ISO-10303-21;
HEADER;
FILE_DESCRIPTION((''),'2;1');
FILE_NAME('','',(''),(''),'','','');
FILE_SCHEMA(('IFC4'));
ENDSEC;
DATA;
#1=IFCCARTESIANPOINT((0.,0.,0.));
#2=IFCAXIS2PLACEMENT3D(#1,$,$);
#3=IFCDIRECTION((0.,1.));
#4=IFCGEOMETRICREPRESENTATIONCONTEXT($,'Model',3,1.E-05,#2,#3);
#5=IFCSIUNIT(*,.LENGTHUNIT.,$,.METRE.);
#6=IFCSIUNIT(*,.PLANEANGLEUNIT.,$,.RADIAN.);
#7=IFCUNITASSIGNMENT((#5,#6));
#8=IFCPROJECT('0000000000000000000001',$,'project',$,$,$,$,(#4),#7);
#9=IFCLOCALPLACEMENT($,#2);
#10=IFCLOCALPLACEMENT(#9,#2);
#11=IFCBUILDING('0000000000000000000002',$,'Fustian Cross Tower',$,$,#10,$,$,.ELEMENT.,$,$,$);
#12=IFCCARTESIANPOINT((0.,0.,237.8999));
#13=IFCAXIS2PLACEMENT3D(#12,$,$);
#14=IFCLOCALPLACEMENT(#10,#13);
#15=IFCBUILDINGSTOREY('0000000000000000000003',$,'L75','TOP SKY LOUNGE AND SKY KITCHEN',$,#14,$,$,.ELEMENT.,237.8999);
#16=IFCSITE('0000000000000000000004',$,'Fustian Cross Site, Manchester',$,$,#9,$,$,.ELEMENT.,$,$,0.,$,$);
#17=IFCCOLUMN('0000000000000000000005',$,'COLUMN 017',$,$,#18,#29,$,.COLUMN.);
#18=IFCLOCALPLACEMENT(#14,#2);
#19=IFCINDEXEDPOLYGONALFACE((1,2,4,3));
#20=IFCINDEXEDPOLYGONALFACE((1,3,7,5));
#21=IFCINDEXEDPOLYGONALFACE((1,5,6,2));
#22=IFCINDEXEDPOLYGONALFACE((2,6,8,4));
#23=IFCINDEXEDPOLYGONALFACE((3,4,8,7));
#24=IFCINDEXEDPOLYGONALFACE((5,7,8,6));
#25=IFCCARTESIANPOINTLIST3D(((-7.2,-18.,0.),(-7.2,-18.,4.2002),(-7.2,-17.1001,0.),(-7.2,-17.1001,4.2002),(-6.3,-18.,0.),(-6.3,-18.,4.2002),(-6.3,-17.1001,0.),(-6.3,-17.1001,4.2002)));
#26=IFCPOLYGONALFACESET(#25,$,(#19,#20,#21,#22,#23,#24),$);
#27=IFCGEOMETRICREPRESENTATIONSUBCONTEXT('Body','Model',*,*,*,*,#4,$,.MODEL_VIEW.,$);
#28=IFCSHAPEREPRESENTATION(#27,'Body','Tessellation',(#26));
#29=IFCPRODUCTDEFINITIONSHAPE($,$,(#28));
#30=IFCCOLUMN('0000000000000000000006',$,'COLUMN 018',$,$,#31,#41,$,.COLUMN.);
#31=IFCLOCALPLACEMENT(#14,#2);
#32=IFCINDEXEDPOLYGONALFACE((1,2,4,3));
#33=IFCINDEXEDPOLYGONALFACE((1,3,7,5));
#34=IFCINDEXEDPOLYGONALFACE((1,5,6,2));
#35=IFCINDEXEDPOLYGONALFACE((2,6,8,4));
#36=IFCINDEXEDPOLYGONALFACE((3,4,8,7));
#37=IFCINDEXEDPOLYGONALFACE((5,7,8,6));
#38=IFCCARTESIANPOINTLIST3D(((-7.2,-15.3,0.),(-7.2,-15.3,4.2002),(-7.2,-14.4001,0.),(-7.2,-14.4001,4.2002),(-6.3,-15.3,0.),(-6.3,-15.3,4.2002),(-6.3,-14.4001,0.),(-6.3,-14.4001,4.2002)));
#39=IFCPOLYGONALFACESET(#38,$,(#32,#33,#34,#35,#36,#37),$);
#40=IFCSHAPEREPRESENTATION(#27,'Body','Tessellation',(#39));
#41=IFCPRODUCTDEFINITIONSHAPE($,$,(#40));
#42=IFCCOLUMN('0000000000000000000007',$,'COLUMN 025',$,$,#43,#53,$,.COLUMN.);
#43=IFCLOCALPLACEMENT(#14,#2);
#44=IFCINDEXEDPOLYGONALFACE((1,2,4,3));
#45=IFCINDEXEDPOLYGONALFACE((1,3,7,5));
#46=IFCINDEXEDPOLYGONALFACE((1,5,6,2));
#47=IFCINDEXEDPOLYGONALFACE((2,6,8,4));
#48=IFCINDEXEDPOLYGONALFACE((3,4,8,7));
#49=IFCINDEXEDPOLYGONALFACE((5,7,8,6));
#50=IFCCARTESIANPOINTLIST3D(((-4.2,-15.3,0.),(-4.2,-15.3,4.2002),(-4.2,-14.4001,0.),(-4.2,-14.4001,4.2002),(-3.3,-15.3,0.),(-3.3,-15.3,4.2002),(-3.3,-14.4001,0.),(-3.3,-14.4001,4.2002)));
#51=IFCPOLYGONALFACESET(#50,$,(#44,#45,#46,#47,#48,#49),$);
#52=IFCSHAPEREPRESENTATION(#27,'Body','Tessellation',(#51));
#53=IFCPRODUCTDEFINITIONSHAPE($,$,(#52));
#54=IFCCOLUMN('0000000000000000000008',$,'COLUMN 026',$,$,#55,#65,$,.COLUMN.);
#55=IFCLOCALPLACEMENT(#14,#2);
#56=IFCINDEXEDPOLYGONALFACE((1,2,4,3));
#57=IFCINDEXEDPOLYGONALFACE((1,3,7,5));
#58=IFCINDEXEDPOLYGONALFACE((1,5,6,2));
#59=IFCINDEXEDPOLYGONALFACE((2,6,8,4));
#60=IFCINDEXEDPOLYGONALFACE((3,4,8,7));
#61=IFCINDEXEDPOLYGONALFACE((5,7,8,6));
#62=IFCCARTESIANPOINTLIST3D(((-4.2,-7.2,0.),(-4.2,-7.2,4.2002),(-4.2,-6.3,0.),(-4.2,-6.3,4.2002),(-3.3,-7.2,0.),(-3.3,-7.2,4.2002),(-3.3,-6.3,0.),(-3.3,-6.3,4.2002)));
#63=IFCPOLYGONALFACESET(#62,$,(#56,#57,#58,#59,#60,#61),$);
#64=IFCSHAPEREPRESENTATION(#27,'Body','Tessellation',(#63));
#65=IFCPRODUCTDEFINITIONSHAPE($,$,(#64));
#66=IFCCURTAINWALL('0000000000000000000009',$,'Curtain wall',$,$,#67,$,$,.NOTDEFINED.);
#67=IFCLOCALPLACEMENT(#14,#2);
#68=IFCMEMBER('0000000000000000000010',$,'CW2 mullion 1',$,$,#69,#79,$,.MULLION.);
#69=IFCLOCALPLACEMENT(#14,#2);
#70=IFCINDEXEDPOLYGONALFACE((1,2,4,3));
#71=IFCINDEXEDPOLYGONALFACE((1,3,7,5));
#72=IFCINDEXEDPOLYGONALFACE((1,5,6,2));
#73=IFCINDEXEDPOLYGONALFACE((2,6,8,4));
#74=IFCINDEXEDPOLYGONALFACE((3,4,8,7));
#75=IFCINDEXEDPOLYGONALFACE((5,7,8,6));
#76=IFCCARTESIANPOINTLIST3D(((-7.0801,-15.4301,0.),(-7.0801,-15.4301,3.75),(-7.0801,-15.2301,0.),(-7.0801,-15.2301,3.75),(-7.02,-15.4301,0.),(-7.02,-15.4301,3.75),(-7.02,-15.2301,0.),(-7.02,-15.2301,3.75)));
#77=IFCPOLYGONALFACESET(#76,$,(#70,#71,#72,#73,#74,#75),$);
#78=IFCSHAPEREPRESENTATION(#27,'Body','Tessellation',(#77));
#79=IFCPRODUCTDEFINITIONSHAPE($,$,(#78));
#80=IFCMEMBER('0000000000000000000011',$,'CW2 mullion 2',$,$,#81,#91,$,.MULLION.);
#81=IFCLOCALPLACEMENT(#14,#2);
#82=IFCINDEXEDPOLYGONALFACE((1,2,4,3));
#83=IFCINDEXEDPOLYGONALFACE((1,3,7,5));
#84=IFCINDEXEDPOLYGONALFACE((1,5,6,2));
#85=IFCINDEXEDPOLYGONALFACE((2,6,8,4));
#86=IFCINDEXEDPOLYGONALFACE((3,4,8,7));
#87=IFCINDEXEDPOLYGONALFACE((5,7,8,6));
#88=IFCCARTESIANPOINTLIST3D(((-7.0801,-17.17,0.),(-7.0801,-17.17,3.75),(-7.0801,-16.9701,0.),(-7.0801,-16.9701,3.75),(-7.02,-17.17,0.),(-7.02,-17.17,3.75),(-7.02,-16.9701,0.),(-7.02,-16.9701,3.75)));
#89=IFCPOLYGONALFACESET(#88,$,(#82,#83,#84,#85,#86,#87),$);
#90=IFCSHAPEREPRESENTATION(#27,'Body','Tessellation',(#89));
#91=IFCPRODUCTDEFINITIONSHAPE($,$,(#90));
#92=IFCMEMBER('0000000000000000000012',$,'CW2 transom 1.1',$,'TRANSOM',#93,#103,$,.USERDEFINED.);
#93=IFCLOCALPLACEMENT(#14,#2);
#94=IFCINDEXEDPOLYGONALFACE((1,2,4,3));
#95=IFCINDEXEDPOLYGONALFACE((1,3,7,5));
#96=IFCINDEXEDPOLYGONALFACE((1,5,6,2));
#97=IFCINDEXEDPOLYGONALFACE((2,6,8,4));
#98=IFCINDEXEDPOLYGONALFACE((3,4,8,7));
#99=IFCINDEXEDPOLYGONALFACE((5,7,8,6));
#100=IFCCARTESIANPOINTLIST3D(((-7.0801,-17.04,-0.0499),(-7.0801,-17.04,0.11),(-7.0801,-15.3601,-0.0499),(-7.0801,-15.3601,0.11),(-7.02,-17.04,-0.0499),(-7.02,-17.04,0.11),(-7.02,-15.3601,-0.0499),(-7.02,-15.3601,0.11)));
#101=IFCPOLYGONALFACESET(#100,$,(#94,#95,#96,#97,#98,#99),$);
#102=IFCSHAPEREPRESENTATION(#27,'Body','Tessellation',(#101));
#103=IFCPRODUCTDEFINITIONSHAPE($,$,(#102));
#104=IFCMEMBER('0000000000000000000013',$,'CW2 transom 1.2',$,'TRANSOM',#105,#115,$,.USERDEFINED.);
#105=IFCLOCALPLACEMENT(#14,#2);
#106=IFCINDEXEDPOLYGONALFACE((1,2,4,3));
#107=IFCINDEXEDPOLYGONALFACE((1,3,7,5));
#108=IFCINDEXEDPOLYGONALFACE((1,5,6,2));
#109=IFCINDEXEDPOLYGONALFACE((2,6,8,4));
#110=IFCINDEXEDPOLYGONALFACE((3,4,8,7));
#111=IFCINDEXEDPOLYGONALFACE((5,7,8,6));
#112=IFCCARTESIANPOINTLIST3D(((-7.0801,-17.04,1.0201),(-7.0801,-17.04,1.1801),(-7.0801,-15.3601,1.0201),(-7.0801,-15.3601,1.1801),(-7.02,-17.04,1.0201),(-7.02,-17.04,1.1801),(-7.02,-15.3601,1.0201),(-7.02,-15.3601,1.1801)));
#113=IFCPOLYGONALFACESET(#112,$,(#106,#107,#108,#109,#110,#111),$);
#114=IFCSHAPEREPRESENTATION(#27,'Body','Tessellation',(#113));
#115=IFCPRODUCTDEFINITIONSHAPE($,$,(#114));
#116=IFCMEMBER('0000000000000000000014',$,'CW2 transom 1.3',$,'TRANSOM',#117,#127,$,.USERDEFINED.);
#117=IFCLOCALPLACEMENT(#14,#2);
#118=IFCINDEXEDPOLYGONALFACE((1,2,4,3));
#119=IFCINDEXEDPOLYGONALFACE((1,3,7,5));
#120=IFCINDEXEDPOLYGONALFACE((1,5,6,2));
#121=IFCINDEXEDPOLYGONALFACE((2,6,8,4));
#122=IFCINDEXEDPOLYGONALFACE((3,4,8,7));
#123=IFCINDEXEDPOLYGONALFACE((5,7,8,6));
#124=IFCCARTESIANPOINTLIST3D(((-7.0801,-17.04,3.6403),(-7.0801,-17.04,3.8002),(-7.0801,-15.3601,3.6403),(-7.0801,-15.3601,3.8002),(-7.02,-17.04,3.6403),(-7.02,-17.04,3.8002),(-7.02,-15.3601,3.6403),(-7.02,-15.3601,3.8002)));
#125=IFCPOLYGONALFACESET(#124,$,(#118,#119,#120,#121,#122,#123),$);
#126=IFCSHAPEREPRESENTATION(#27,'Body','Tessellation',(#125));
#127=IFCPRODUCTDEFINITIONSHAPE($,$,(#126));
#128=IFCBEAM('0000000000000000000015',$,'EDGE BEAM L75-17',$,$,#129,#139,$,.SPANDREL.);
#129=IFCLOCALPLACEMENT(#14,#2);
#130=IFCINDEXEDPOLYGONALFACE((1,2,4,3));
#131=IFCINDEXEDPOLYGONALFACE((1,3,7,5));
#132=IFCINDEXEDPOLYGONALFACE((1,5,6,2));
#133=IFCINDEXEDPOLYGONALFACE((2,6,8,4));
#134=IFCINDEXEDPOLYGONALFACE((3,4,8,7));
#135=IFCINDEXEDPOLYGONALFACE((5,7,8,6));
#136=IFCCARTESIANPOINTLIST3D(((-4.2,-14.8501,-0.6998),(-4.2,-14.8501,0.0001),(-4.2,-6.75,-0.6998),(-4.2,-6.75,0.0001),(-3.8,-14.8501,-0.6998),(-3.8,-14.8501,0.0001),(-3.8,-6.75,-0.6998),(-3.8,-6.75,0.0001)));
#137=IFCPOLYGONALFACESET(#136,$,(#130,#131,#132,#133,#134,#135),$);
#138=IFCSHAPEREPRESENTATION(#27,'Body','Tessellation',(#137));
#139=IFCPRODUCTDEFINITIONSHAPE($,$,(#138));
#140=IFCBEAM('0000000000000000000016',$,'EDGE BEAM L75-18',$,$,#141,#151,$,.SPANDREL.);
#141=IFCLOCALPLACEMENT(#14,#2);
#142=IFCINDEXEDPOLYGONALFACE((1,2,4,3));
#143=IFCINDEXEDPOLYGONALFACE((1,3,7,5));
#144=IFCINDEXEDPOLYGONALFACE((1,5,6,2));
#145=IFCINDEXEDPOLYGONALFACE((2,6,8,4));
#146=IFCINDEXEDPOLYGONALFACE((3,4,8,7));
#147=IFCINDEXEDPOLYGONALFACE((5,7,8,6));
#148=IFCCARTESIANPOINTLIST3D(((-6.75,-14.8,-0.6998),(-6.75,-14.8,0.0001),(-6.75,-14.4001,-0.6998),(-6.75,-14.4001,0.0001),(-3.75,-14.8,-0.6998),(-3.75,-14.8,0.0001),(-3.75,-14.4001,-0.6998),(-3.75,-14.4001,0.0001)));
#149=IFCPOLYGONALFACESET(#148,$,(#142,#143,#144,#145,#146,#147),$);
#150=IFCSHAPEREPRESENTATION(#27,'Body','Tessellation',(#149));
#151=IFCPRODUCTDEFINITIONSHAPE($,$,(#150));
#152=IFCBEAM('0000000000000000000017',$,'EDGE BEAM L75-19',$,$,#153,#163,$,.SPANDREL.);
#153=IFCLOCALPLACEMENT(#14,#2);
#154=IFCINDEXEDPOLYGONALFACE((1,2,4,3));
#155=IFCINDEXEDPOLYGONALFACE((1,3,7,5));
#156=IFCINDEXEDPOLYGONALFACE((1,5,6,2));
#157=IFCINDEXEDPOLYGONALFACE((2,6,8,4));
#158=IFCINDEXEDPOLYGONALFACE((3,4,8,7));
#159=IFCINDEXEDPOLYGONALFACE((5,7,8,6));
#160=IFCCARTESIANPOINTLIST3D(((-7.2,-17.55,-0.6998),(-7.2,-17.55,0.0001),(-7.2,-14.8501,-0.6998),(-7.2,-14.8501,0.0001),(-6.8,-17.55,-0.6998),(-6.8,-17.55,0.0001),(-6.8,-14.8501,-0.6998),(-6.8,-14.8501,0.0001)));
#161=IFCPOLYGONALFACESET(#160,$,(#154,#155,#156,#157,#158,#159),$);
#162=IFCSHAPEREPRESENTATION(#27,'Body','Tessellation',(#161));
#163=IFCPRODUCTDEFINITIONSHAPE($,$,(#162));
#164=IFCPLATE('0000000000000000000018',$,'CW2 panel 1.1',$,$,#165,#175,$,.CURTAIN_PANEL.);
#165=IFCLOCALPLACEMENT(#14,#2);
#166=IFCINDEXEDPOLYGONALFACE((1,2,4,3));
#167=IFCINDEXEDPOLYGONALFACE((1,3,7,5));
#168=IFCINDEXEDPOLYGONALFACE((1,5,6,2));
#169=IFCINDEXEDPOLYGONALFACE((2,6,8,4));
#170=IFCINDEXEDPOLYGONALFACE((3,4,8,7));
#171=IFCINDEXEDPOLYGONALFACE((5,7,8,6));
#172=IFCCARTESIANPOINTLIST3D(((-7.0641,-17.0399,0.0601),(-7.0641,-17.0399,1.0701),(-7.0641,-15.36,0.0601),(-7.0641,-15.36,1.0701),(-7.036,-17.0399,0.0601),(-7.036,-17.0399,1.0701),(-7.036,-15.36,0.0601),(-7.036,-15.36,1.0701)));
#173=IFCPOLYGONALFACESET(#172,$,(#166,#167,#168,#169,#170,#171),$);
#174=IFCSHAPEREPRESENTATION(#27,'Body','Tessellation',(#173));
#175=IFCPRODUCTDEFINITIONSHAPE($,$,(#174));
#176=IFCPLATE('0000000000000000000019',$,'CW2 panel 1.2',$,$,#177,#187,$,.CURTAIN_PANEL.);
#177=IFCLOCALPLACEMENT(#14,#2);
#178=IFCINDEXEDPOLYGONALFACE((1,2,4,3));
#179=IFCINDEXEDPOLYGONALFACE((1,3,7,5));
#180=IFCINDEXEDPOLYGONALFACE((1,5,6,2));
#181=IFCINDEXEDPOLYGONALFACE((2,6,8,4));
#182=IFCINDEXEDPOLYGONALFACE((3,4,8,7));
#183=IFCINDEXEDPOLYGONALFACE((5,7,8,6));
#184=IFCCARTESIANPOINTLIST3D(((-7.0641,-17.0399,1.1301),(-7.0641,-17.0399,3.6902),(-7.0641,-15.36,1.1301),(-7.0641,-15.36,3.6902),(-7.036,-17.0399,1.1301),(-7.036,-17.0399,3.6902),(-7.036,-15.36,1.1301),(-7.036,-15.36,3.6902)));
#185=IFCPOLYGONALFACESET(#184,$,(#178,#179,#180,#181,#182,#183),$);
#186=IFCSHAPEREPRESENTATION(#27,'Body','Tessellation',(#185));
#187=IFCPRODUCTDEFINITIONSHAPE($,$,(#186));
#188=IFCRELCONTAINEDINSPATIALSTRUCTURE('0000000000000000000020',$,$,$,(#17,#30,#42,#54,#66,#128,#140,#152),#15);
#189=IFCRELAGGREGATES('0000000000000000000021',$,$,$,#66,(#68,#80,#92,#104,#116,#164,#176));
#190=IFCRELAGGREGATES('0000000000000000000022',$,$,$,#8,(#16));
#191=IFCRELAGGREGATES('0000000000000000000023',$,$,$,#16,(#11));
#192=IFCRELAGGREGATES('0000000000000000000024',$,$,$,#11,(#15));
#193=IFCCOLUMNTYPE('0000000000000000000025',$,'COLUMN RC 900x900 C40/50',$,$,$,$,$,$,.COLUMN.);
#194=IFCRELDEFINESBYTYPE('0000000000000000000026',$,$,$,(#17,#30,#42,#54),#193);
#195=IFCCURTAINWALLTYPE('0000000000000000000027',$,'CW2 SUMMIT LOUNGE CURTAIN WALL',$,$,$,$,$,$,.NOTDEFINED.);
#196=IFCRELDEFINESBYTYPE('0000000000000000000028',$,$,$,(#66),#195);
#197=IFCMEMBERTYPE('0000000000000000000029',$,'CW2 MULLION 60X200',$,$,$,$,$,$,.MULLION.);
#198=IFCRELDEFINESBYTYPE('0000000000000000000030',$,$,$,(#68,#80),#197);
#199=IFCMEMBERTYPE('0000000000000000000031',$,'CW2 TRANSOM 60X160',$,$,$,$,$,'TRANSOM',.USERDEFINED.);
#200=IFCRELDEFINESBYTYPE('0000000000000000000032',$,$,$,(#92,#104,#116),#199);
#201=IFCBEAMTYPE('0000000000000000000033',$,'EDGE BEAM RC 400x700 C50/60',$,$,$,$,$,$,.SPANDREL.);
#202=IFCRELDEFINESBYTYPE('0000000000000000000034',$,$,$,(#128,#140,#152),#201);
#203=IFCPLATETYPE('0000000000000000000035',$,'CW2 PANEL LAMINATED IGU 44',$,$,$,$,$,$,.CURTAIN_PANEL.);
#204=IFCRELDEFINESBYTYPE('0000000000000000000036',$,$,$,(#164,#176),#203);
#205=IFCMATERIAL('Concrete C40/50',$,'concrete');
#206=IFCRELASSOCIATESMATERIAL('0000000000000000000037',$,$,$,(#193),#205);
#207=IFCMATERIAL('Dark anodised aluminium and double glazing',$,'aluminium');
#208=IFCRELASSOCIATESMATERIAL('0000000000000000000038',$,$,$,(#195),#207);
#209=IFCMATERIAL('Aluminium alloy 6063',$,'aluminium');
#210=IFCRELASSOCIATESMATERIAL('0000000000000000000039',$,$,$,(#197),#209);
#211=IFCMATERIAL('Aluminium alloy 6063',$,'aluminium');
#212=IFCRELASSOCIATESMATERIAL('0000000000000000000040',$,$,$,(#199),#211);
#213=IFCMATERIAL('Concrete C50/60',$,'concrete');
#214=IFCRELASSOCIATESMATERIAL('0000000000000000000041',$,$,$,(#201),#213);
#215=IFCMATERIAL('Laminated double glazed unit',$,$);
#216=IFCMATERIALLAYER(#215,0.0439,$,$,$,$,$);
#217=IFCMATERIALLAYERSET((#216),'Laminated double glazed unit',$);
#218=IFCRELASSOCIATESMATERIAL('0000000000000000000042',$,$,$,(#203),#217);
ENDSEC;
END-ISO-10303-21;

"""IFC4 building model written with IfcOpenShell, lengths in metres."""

from ifc_helpers import new_model, si_unit, direction, frame, origin, origin_2d, place, context, subcontext, project, spatial, rectangle, extrude, material, layer, layer_set, material_profile, profile_set, type_object, element, aggregate, save


model = new_model("IFC4")

# Units and contexts
model_context = context("Model", 3, precision=1e-05, world=origin(), true_north=direction((0.0, 1.0)))
body_context = subcontext(model_context, "Body", "Model", "MODEL_VIEW")
ifc_project = project(units=[si_unit("LENGTHUNIT", "METRE"), si_unit("PLANEANGLEUNIT", "RADIAN")], contexts=[model_context])

# Site, building, storey
site_placement = place(None, origin())
site = spatial("IfcSite", under=ifc_project, at=site_placement, Name="Fustian Cross Site, Manchester", CompositionType="ELEMENT", RefElevation=0.0)
building_placement = place(site_placement, origin())
building = spatial("IfcBuilding", under=site, at=building_placement, Name="Fustian Cross Tower", CompositionType="ELEMENT")
storey_placement = place(building_placement, frame((0.0, 0.0, 237.8999)))
storey = spatial("IfcBuildingStorey", under=building, at=storey_placement, Name="L75", Description="TOP SKY LOUNGE AND SKY KITCHEN", CompositionType="ELEMENT", Elevation=237.8999)

# Columns
ifc_material_1 = material(Name="Concrete C40/50", Category="concrete")
ifc_material_profile_1 = material_profile(ifc_material_1, rectangle(XDim=0.8999, YDim=0.8999, at=origin_2d()), Name="RC 900x900")
ifc_profile_set_1 = profile_set([ifc_material_profile_1], Name="Concrete C40/50")
column_type = type_object("IfcColumnType", Name="COLUMN RC 900x900 C40/50", PredefinedType="COLUMN", material=ifc_profile_set_1)
for number, where, z_axis, x_axis, name in (
    (1, (-6.75, -17.55, 0.0), (0.0, 0.0, 1.0), (1.0, 0.0, 0.0), "COLUMN 017"),
    (2, (-6.75, -14.8501, 0.0), (0.0, 0.0, 1.0), (1.0, 0.0, 0.0), "COLUMN 018"),
    (3, (-3.75, -14.8501, 0.0), (0.0, 0.0, 1.0), (1.0, 0.0, 0.0), "COLUMN 025"),
    (4, (-3.75, -6.75, 0.0), (0.0, 0.0, 1.0), (1.0, 0.0, 0.0), "COLUMN 026"),
):
    element("IfcColumn", number, at=place(storey_placement, frame(where, z_axis=z_axis, x_axis=x_axis)), inside=storey, type_object=column_type, Name=name, PredefinedType="COLUMN", context=body_context, shape_type="SweptSolid", body=[
        extrude(rectangle(XDim=0.8999, YDim=0.8999, at=origin_2d()), origin(), (0.0, 0.0, 1.0), 4.2002),
    ])

# Curtain wall, members
ifc_material_2 = material(Name="Dark anodised aluminium and double glazing", Category="aluminium")
curtain_wall_type = type_object("IfcCurtainWallType", Name="CW2 SUMMIT LOUNGE CURTAIN WALL", PredefinedType="NOTDEFINED", material=ifc_material_2)
curtain_wall_placement = place(storey_placement, origin())
curtain_wall = element("IfcCurtainWall", 5, at=curtain_wall_placement, inside=storey, type_object=curtain_wall_type, Name="Curtain wall", PredefinedType="NOTDEFINED")
ifc_material_3 = material(Name="Aluminium alloy 6063", Category="aluminium")
ifc_material_profile_2 = material_profile(ifc_material_3, rectangle(XDim=0.0601, YDim=0.2, at=origin_2d()), Name="CW2 MULLION 60X200")
ifc_profile_set_2 = profile_set([ifc_material_profile_2], Name="Aluminium alloy 6063")
member_type_1 = type_object("IfcMemberType", Name="CW2 MULLION 60X200", PredefinedType="MULLION", material=ifc_profile_set_2)
member_1_placement = place(storey_placement, frame((-7.05, -15.3301, 0.0), z_axis=(0.0, 0.0, 1.0), x_axis=(1.0, 0.0, 0.0)))
member_1 = element("IfcMember", 6, at=member_1_placement, type_object=member_type_1, Name="CW2 mullion 1", PredefinedType="MULLION", context=body_context, shape_type="SweptSolid", body=[
    extrude(rectangle(XDim=0.0601, YDim=0.2, at=origin_2d()), origin(), (0.0, 0.0, 1.0), 3.75),
])
member_2_placement = place(storey_placement, frame((-7.05, -17.0701, 0.0), z_axis=(0.0, 0.0, 1.0), x_axis=(1.0, 0.0, 0.0)))
member_2 = element("IfcMember", 7, at=member_2_placement, type_object=member_type_1, Name="CW2 mullion 2", PredefinedType="MULLION", context=body_context, shape_type="SweptSolid", body=[
    extrude(rectangle(XDim=0.0601, YDim=0.2, at=origin_2d()), origin(), (0.0, 0.0, 1.0), 3.75),
])
ifc_material_4 = material(Name="Aluminium alloy 6063", Category="aluminium")
ifc_material_profile_3 = material_profile(ifc_material_4, rectangle(XDim=0.0601, YDim=0.1599, at=origin_2d()), Name="CW2 TRANSOM 60X160")
ifc_profile_set_3 = profile_set([ifc_material_profile_3], Name="Aluminium alloy 6063")
member_type_2 = type_object("IfcMemberType", Name="CW2 TRANSOM 60X160", ElementType="TRANSOM", PredefinedType="USERDEFINED", material=ifc_profile_set_3)
member_3_placement = place(storey_placement, frame((-7.05, -15.3601, 0.03), z_axis=(0.0, -1.0, 0.0), x_axis=(1.0, 0.0, 0.0)))
member_3 = element("IfcMember", 8, at=member_3_placement, type_object=member_type_2, Name="CW2 transom 1.1", ObjectType="TRANSOM", PredefinedType="USERDEFINED", context=body_context, shape_type="SweptSolid", body=[
    extrude(rectangle(XDim=0.0601, YDim=0.1599, at=origin_2d()), origin(), (0.0, 0.0, 1.0), 1.6799),
])
member_4_placement = place(storey_placement, frame((-7.05, -15.3601, 1.1001), z_axis=(0.0, -1.0, 0.0), x_axis=(1.0, 0.0, 0.0)))
member_4 = element("IfcMember", 9, at=member_4_placement, type_object=member_type_2, Name="CW2 transom 1.2", ObjectType="TRANSOM", PredefinedType="USERDEFINED", context=body_context, shape_type="SweptSolid", body=[
    extrude(rectangle(XDim=0.0601, YDim=0.1599, at=origin_2d()), origin(), (0.0, 0.0, 1.0), 1.6799),
])
member_5_placement = place(storey_placement, frame((-7.05, -15.3601, 3.7202), z_axis=(0.0, -1.0, 0.0), x_axis=(1.0, 0.0, 0.0)))
member_5 = element("IfcMember", 10, at=member_5_placement, type_object=member_type_2, Name="CW2 transom 1.3", ObjectType="TRANSOM", PredefinedType="USERDEFINED", context=body_context, shape_type="SweptSolid", body=[
    extrude(rectangle(XDim=0.0601, YDim=0.1599, at=origin_2d()), origin(), (0.0, 0.0, 1.0), 1.6799),
])

# Beams
ifc_material_5 = material(Name="Concrete C50/60", Category="concrete")
ifc_material_profile_4 = material_profile(ifc_material_5, rectangle(XDim=0.3999, YDim=0.7, at=origin_2d()), Name="RC 400x700")
ifc_profile_set_4 = profile_set([ifc_material_profile_4], Name="Concrete C50/60")
beam_type = type_object("IfcBeamType", Name="EDGE BEAM RC 400x700 C50/60", PredefinedType="SPANDREL", material=ifc_profile_set_4)
beam_1_placement = place(storey_placement, frame((-4.0, -6.75, -0.3499), z_axis=(0.0, -1.0, 0.0), x_axis=(1.0, 0.0, 0.0)))
element("IfcBeam", 11, at=beam_1_placement, inside=storey, type_object=beam_type, Name="EDGE BEAM L75-17", PredefinedType="SPANDREL", context=body_context, shape_type="SweptSolid", body=[
    extrude(rectangle(XDim=0.3999, YDim=0.7, at=origin_2d()), origin(), (0.0, 0.0, 1.0), 8.1001),
])
beam_2_placement = place(storey_placement, frame((-3.75, -14.6001, -0.3499), z_axis=(-1.0, 0.0, 0.0), x_axis=(0.0, -1.0, 0.0)))
element("IfcBeam", 12, at=beam_2_placement, inside=storey, type_object=beam_type, Name="EDGE BEAM L75-18", PredefinedType="SPANDREL", context=body_context, shape_type="SweptSolid", body=[
    extrude(rectangle(XDim=0.3999, YDim=0.7, at=origin_2d()), origin(), (0.0, 0.0, 1.0), 3.0),
])
beam_3_placement = place(storey_placement, frame((-7.0, -14.8501, -0.3499), z_axis=(0.0, -1.0, 0.0), x_axis=(1.0, 0.0, 0.0)))
element("IfcBeam", 13, at=beam_3_placement, inside=storey, type_object=beam_type, Name="EDGE BEAM L75-19", PredefinedType="SPANDREL", context=body_context, shape_type="SweptSolid", body=[
    extrude(rectangle(XDim=0.3999, YDim=0.7, at=origin_2d()), origin(), (0.0, 0.0, 1.0), 2.7),
])

# Plates
ifc_material_6 = material(Name="Laminated double glazed unit")
ifc_layer_1 = layer(ifc_material_6, 0.0439)
ifc_layer_set_1 = layer_set([ifc_layer_1], Name="Laminated double glazed unit")
plate_type = type_object("IfcPlateType", Name="CW2 PANEL LAMINATED IGU 44", PredefinedType="CURTAIN_PANEL", material=ifc_layer_set_1)
plate_1_placement = place(storey_placement, frame((-7.05, -16.2, 0.0601), z_axis=(0.0, 0.0, 1.0), x_axis=(0.0, -1.0, 0.0)))
plate_1 = element("IfcPlate", 14, at=plate_1_placement, type_object=plate_type, Name="CW2 panel 1.1", PredefinedType="CURTAIN_PANEL", context=body_context, shape_type="SweptSolid", body=[
    extrude(rectangle(XDim=1.6799, YDim=0.0281, at=origin_2d()), origin(), (0.0, 0.0, 1.0), 1.01),
])
plate_2_placement = place(storey_placement, frame((-7.05, -16.2, 1.1301), z_axis=(0.0, 0.0, 1.0), x_axis=(0.0, -1.0, 0.0)))
plate_2 = element("IfcPlate", 15, at=plate_2_placement, type_object=plate_type, Name="CW2 panel 1.2", PredefinedType="CURTAIN_PANEL", context=body_context, shape_type="SweptSolid", body=[
    extrude(rectangle(XDim=1.6799, YDim=0.0281, at=origin_2d()), origin(), (0.0, 0.0, 1.0), 2.5601),
])
aggregate(curtain_wall, [member_1, member_2, member_3, member_4, member_5, plate_1, plate_2])

save(model, "model.ifc")
